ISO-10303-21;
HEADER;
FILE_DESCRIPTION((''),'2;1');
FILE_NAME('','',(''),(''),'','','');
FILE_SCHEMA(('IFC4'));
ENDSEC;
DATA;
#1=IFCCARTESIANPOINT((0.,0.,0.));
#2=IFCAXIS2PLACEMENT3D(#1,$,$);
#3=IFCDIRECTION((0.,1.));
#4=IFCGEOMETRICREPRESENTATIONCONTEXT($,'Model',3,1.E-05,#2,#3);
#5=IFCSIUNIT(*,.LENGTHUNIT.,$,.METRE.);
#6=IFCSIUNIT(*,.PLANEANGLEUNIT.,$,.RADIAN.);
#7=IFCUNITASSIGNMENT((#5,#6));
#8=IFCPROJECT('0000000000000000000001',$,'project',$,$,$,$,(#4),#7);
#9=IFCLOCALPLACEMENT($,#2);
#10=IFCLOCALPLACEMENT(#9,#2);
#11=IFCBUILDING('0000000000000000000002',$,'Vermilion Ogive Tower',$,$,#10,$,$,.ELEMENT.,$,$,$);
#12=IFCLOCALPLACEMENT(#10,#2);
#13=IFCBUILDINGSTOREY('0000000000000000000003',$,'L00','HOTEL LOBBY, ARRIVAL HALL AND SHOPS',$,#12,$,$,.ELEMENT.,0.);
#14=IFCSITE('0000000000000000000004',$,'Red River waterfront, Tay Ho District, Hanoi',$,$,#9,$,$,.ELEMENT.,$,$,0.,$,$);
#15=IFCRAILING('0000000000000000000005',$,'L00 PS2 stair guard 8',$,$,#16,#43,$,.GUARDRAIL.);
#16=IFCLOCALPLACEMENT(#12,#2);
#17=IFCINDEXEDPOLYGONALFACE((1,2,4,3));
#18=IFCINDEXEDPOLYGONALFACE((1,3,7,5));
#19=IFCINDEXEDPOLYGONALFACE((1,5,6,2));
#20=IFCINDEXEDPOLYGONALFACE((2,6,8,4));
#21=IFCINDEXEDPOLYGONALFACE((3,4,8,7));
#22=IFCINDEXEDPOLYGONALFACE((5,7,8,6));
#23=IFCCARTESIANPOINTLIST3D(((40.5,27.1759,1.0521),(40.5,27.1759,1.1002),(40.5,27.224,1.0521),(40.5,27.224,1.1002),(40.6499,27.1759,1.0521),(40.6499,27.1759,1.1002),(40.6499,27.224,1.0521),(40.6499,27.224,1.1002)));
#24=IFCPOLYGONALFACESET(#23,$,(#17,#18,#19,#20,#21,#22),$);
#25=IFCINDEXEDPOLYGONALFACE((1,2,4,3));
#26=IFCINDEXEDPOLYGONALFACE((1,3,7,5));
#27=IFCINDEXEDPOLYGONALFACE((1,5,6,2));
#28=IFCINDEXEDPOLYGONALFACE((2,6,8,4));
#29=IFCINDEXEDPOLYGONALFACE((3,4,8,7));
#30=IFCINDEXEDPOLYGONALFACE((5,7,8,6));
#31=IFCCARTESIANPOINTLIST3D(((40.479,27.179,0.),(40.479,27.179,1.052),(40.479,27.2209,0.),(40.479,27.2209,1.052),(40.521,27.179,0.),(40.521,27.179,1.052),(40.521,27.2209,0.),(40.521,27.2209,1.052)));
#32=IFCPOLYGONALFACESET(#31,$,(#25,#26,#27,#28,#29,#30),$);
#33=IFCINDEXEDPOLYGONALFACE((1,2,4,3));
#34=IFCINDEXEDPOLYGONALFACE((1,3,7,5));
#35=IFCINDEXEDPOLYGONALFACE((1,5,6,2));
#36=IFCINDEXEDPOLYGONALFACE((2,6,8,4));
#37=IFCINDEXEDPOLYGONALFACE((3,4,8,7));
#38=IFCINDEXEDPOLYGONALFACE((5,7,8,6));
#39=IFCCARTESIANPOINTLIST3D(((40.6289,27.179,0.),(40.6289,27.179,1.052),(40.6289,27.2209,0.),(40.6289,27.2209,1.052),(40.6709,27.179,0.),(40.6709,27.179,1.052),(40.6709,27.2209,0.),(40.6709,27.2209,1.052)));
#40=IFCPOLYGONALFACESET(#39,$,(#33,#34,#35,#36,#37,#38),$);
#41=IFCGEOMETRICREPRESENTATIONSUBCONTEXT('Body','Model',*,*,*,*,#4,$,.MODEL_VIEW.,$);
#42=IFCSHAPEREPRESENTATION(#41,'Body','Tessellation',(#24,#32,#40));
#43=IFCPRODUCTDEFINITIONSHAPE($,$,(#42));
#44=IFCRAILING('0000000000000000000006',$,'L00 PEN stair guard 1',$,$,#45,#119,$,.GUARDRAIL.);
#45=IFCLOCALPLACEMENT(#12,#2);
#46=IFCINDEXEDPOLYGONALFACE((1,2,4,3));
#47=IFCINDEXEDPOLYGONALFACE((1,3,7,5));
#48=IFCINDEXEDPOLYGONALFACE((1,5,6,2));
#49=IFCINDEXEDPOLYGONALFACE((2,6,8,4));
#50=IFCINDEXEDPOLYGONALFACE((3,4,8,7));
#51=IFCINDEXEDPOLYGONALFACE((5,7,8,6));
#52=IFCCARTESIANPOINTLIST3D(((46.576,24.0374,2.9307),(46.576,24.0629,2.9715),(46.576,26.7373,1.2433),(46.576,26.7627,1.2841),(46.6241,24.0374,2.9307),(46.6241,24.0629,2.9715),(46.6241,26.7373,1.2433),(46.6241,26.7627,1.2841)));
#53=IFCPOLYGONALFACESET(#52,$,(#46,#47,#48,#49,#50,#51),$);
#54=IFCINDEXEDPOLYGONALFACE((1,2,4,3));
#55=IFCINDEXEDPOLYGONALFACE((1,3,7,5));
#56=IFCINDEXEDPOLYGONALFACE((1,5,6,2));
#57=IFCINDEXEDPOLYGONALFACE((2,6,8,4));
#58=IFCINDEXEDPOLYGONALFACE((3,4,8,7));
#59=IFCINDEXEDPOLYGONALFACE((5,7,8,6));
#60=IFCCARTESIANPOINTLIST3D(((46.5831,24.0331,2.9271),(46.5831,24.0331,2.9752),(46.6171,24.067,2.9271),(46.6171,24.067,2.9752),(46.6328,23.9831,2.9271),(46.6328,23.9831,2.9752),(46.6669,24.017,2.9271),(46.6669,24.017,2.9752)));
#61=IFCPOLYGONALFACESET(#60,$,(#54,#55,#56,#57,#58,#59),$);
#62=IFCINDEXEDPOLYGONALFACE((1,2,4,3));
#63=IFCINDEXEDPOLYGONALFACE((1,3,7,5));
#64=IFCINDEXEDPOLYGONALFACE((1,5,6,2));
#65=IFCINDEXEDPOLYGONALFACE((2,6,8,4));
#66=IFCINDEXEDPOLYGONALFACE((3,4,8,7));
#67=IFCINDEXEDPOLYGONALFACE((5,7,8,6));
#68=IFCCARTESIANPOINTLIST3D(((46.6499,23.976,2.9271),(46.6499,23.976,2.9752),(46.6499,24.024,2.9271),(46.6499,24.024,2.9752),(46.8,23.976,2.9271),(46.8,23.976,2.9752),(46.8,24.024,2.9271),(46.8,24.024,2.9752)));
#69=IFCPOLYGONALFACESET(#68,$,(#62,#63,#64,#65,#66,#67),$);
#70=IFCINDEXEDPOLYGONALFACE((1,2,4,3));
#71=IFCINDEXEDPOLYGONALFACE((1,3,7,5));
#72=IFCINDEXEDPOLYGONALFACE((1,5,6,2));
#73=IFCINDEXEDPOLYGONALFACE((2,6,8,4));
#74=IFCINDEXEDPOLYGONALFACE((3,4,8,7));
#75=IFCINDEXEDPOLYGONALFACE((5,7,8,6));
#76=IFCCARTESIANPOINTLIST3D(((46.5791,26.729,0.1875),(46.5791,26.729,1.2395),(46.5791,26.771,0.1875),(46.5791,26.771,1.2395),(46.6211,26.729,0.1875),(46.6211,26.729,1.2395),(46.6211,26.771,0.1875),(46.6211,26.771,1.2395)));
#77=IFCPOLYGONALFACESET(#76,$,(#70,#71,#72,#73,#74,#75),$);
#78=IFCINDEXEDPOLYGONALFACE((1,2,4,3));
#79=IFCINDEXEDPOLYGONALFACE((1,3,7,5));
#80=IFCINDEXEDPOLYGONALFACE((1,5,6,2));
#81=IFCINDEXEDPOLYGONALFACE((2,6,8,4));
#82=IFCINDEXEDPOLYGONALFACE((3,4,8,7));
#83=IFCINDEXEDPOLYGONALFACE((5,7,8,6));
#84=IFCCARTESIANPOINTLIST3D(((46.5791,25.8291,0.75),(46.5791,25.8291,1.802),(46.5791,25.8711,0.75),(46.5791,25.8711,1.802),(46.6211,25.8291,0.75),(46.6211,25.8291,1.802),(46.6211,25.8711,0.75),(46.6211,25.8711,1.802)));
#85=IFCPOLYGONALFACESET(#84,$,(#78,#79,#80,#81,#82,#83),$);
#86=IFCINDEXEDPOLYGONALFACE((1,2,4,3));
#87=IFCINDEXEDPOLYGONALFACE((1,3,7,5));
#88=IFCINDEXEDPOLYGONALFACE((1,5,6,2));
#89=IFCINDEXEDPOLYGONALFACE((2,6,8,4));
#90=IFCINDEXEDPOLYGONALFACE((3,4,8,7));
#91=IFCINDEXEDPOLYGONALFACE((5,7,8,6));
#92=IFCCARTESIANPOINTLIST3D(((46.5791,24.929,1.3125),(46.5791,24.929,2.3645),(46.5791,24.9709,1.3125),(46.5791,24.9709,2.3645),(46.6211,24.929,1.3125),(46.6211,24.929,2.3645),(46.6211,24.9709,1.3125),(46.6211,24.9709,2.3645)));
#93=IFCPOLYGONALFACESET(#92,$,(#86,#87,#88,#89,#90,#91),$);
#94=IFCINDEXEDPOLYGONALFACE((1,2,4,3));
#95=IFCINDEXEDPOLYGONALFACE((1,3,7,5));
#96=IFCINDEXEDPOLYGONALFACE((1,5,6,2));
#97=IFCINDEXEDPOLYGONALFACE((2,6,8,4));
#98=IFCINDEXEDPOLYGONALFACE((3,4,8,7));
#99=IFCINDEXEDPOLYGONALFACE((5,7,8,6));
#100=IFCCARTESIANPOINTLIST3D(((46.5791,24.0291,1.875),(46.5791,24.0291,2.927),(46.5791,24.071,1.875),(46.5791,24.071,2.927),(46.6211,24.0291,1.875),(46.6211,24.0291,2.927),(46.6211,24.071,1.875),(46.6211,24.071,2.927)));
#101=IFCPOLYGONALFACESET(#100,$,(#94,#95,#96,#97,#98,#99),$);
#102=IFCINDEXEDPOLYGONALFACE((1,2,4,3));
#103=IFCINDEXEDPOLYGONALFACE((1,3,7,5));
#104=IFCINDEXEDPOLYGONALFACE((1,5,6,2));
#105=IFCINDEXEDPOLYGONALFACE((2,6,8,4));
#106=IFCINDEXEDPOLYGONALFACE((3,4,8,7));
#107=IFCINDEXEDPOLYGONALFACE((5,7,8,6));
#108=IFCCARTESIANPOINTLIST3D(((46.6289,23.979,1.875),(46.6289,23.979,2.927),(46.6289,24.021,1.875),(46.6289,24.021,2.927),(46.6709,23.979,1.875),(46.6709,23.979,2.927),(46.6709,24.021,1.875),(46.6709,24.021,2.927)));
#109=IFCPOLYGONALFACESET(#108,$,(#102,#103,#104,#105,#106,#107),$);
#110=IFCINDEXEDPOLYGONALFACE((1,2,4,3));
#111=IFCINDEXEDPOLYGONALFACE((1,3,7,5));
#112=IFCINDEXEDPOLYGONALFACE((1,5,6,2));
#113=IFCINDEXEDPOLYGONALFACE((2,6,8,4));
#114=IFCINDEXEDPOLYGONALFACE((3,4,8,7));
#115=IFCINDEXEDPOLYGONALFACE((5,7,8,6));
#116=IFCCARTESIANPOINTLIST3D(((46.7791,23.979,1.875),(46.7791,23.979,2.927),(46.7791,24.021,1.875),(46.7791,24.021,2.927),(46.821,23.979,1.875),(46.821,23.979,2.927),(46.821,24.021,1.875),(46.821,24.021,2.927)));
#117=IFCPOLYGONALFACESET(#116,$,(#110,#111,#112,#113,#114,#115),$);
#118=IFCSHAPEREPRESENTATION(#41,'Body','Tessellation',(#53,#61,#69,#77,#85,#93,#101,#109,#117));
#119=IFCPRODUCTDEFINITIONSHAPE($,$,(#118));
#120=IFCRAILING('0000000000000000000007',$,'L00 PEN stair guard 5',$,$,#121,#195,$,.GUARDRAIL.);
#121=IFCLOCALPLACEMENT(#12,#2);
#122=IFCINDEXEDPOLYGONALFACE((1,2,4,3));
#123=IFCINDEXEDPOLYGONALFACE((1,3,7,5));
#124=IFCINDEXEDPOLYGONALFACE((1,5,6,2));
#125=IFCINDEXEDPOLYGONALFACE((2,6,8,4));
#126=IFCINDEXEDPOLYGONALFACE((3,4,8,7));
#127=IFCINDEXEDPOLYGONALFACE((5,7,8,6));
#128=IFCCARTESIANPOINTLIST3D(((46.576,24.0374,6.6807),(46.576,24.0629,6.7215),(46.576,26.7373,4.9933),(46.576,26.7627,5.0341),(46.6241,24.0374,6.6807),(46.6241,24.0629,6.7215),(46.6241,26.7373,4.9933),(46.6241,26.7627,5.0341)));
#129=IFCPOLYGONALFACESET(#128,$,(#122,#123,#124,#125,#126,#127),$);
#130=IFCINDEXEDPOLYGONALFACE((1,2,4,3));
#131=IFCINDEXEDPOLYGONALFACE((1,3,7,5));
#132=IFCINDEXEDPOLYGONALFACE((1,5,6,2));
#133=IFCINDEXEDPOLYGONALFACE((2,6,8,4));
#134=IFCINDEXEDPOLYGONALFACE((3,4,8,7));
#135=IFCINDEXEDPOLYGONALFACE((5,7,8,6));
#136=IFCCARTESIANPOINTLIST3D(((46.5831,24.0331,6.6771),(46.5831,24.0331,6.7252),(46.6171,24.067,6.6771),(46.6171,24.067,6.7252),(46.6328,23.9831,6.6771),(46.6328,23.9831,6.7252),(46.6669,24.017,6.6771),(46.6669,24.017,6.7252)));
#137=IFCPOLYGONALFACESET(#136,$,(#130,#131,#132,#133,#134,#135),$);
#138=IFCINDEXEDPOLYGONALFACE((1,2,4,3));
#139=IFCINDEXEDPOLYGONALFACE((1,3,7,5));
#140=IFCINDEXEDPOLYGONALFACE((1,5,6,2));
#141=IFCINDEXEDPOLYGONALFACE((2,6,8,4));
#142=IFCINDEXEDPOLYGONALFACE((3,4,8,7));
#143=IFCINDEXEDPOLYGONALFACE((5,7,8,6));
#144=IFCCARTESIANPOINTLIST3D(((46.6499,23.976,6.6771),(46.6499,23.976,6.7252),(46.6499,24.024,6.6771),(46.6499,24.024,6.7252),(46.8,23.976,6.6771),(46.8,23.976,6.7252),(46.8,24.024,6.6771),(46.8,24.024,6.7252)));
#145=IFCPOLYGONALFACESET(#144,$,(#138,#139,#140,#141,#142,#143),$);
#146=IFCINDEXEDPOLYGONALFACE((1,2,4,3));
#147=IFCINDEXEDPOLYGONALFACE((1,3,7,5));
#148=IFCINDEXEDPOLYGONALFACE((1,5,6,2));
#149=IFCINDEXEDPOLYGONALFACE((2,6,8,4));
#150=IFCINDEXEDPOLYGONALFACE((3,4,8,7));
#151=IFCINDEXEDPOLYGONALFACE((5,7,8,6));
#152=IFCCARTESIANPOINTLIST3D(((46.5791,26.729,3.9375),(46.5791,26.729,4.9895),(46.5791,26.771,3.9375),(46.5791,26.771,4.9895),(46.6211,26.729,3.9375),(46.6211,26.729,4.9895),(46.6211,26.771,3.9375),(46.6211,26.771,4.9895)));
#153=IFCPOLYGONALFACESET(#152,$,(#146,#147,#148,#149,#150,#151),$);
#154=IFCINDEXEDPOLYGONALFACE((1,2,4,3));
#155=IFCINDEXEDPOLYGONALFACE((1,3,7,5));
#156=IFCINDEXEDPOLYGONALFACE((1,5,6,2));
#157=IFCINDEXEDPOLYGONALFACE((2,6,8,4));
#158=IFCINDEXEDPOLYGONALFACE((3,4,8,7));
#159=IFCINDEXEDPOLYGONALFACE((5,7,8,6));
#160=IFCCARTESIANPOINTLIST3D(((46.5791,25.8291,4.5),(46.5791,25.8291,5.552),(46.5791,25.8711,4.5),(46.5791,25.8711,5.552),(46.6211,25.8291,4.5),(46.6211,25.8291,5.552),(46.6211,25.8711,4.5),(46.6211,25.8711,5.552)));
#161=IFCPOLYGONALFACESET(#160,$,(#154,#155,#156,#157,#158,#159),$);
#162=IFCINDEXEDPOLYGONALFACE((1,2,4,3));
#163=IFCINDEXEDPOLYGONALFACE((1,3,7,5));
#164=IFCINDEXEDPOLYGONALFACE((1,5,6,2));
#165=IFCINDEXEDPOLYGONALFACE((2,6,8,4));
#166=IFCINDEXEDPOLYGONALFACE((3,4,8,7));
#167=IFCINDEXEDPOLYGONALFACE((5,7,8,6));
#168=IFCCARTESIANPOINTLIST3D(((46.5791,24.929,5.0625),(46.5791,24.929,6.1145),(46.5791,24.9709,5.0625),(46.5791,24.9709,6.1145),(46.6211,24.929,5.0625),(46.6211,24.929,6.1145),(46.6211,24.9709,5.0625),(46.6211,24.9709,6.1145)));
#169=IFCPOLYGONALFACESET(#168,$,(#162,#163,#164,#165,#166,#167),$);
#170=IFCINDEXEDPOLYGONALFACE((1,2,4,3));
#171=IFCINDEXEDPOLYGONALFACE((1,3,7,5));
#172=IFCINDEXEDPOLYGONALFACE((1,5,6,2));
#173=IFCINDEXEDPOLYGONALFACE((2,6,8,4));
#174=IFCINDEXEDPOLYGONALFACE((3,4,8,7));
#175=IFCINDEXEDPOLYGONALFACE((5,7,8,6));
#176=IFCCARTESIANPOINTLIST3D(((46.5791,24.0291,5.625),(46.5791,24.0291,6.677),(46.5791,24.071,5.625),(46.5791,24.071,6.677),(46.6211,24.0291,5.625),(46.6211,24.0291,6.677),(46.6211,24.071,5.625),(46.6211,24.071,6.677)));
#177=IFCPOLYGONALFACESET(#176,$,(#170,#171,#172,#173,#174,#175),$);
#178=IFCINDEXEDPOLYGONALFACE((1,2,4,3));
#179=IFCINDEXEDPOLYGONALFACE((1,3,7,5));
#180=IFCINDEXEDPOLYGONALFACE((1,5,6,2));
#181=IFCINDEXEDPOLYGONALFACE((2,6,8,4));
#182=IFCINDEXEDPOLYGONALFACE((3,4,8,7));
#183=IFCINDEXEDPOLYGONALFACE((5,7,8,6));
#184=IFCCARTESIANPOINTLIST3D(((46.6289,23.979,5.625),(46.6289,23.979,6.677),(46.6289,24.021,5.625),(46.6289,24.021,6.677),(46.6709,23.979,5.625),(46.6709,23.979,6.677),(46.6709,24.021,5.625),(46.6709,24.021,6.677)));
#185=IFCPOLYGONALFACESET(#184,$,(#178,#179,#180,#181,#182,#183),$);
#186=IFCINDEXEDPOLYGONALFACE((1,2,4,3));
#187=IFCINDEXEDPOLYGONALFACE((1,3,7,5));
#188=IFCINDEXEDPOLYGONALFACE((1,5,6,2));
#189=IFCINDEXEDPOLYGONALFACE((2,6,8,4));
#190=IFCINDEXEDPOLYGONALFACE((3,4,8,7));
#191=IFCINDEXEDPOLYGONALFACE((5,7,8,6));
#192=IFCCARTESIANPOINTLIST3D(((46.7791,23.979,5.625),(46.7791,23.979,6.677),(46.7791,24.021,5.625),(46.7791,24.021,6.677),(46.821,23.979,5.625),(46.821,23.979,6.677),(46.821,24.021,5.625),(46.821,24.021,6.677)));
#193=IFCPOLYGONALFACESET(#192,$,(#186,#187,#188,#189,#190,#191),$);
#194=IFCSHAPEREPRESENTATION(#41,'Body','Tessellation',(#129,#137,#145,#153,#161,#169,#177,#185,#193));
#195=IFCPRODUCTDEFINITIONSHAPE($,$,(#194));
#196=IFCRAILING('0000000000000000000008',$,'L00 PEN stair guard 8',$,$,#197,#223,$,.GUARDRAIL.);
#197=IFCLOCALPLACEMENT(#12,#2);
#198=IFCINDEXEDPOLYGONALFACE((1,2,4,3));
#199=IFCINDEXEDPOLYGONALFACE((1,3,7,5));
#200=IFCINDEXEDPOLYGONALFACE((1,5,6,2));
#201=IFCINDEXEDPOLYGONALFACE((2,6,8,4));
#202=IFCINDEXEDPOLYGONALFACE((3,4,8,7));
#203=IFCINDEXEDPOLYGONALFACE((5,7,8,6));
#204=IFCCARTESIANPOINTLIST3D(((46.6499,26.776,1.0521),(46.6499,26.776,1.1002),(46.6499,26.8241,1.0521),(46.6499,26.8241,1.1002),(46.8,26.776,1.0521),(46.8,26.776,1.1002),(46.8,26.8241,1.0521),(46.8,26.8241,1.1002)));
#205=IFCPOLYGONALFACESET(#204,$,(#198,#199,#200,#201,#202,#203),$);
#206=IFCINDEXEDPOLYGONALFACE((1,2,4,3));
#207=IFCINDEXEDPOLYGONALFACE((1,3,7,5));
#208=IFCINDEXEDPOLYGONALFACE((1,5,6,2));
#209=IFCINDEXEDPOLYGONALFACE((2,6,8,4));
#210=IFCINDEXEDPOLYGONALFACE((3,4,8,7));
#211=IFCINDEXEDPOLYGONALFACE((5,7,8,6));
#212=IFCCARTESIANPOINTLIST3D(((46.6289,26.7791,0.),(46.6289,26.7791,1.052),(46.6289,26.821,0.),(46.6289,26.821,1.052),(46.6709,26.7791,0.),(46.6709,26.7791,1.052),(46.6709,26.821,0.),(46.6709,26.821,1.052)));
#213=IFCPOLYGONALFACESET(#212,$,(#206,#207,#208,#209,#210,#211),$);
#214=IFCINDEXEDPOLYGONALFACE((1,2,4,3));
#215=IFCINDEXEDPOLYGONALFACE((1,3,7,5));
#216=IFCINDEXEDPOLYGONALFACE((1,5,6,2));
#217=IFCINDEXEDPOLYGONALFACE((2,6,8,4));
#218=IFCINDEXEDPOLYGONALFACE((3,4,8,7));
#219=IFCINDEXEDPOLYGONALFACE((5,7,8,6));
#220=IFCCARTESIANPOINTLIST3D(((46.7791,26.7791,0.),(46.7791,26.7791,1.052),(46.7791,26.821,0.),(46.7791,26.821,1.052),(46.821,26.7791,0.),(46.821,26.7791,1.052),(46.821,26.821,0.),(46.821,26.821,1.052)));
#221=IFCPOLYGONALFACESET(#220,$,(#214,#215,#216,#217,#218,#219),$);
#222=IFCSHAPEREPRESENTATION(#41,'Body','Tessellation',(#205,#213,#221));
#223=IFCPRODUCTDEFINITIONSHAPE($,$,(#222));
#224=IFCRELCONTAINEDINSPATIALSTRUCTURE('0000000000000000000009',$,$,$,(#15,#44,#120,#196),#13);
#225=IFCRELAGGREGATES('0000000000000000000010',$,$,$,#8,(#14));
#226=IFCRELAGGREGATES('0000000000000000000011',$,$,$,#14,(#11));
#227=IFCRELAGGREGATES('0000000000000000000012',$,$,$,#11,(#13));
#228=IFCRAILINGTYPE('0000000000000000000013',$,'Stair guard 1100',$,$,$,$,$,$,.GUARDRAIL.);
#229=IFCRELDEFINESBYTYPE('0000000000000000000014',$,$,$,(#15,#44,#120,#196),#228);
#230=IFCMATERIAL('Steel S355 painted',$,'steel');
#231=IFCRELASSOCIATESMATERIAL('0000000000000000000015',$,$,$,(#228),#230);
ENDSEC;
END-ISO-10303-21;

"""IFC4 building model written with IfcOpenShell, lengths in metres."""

from ifc_helpers import new_model, si_unit, direction, frame, origin, origin_2d, place, context, subcontext, project, spatial, rectangle, extrude, material, type_object, element, save


model = new_model("IFC4")

# Units and contexts
model_context = context("Model", 3, precision=1e-05, world=origin(), true_north=direction((0.0, 1.0)))
body_context = subcontext(model_context, "Body", "Model", "MODEL_VIEW")
ifc_project = project(units=[si_unit("LENGTHUNIT", "METRE"), si_unit("PLANEANGLEUNIT", "RADIAN")], contexts=[model_context])

# Site, building, storey
site_placement = place(None, origin())
site = spatial("IfcSite", under=ifc_project, at=site_placement, Name="Red River waterfront, Tay Ho District, Hanoi", CompositionType="ELEMENT", RefElevation=0.0)
building_placement = place(site_placement, origin())
building = spatial("IfcBuilding", under=site, at=building_placement, Name="Vermilion Ogive Tower", CompositionType="ELEMENT")
storey_placement = place(building_placement, origin())
storey = spatial("IfcBuildingStorey", under=building, at=storey_placement, Name="L00", Description="HOTEL LOBBY, ARRIVAL HALL AND SHOPS", CompositionType="ELEMENT", Elevation=0.0)

# Railings
ifc_material_1 = material(Name="Steel S355 painted", Category="steel")
railing_type_1 = type_object("IfcRailingType", Name="Stair guard 1100", PredefinedType="GUARDRAIL", material=ifc_material_1)
railing_1_placement = place(storey_placement, frame((40.5, 27.2, 0.0)))
element("IfcRailing", 1, at=railing_1_placement, inside=storey, type_object=railing_type_1, Name="L00 PS2 stair guard 8", PredefinedType="GUARDRAIL", context=body_context, shape_type="SweptSolid", body=[
    extrude(rectangle(XDim=0.0481, YDim=0.0481, at=origin_2d()), frame((0.0, 0.0, 1.0762), z_axis=(1.0, 0.0, 0.0), x_axis=(0.0, 1.0, 0.0)), (0.0, 0.0, 1.0), 0.1499),
    extrude(rectangle(XDim=0.042, YDim=0.042, at=origin_2d()), origin(), (0.0, 0.0, 1.0), 1.052),
    extrude(rectangle(XDim=0.042, YDim=0.042, at=origin_2d()), frame((0.1499, 0.0, 0.0)), (0.0, 0.0, 1.0), 1.052),
])
for number, where, name in (
    (2, (46.6001, 26.75, 0.1875), "L00 PEN stair guard 1"),
    (3, (46.6001, 26.75, 3.9375), "L00 PEN stair guard 5"),
):
    element("IfcRailing", number, at=place(storey_placement, frame(where)), inside=storey, type_object=railing_type_1, Name=name, PredefinedType="GUARDRAIL", context=body_context, shape_type="SweptSolid", body=[
        extrude(rectangle(XDim=0.0481, YDim=0.0481, at=origin_2d()), frame((0.0, 0.0, 1.0762), z_axis=(0.0, -0.847994, 0.530006), x_axis=(1.0, 0.0, 0.0)), (0.0, 0.0, 1.0), 3.1838),
        extrude(rectangle(XDim=0.0481, YDim=0.0481, at=origin_2d()), frame((0.0, -2.7, 2.7637), z_axis=(0.705376, -0.708834, 0.0), x_axis=(0.708834, 0.705376, 0.0)), (0.0, 0.0, 1.0), 0.0706),
        extrude(rectangle(XDim=0.0481, YDim=0.0481, at=origin_2d()), frame((0.0498, -2.75, 2.7637), z_axis=(1.0, 0.0, 0.0), x_axis=(0.0, 1.0, 0.0)), (0.0, 0.0, 1.0), 0.1501),
        extrude(rectangle(XDim=0.042, YDim=0.042, at=origin_2d()), origin(), (0.0, 0.0, 1.0), 1.052),
        extrude(rectangle(XDim=0.042, YDim=0.042, at=origin_2d()), frame((0.0, -0.8999, 0.5625)), (0.0, 0.0, 1.0), 1.052),
        extrude(rectangle(XDim=0.042, YDim=0.042, at=origin_2d()), frame((0.0, -1.8, 1.125)), (0.0, 0.0, 1.0), 1.052),
        extrude(rectangle(XDim=0.042, YDim=0.042, at=origin_2d()), frame((0.0, -2.7, 1.6875)), (0.0, 0.0, 1.0), 1.052),
        extrude(rectangle(XDim=0.042, YDim=0.042, at=origin_2d()), frame((0.0498, -2.75, 1.6875)), (0.0, 0.0, 1.0), 1.052),
        extrude(rectangle(XDim=0.042, YDim=0.042, at=origin_2d()), frame((0.2, -2.75, 1.6875)), (0.0, 0.0, 1.0), 1.052),
    ])
railing_2_placement = place(storey_placement, frame((46.6499, 26.8, 0.0)))
element("IfcRailing", 4, at=railing_2_placement, inside=storey, type_object=railing_type_1, Name="L00 PEN stair guard 8", PredefinedType="GUARDRAIL", context=body_context, shape_type="SweptSolid", body=[
    extrude(rectangle(XDim=0.0481, YDim=0.0481, at=origin_2d()), frame((0.0, 0.0, 1.0762), z_axis=(1.0, 0.0, 0.0), x_axis=(0.0, 1.0, 0.0)), (0.0, 0.0, 1.0), 0.1501),
    extrude(rectangle(XDim=0.042, YDim=0.042, at=origin_2d()), origin(), (0.0, 0.0, 1.0), 1.052),
    extrude(rectangle(XDim=0.042, YDim=0.042, at=origin_2d()), frame((0.1501, 0.0, 0.0)), (0.0, 0.0, 1.0), 1.052),
])

save(model, "model.ifc")
